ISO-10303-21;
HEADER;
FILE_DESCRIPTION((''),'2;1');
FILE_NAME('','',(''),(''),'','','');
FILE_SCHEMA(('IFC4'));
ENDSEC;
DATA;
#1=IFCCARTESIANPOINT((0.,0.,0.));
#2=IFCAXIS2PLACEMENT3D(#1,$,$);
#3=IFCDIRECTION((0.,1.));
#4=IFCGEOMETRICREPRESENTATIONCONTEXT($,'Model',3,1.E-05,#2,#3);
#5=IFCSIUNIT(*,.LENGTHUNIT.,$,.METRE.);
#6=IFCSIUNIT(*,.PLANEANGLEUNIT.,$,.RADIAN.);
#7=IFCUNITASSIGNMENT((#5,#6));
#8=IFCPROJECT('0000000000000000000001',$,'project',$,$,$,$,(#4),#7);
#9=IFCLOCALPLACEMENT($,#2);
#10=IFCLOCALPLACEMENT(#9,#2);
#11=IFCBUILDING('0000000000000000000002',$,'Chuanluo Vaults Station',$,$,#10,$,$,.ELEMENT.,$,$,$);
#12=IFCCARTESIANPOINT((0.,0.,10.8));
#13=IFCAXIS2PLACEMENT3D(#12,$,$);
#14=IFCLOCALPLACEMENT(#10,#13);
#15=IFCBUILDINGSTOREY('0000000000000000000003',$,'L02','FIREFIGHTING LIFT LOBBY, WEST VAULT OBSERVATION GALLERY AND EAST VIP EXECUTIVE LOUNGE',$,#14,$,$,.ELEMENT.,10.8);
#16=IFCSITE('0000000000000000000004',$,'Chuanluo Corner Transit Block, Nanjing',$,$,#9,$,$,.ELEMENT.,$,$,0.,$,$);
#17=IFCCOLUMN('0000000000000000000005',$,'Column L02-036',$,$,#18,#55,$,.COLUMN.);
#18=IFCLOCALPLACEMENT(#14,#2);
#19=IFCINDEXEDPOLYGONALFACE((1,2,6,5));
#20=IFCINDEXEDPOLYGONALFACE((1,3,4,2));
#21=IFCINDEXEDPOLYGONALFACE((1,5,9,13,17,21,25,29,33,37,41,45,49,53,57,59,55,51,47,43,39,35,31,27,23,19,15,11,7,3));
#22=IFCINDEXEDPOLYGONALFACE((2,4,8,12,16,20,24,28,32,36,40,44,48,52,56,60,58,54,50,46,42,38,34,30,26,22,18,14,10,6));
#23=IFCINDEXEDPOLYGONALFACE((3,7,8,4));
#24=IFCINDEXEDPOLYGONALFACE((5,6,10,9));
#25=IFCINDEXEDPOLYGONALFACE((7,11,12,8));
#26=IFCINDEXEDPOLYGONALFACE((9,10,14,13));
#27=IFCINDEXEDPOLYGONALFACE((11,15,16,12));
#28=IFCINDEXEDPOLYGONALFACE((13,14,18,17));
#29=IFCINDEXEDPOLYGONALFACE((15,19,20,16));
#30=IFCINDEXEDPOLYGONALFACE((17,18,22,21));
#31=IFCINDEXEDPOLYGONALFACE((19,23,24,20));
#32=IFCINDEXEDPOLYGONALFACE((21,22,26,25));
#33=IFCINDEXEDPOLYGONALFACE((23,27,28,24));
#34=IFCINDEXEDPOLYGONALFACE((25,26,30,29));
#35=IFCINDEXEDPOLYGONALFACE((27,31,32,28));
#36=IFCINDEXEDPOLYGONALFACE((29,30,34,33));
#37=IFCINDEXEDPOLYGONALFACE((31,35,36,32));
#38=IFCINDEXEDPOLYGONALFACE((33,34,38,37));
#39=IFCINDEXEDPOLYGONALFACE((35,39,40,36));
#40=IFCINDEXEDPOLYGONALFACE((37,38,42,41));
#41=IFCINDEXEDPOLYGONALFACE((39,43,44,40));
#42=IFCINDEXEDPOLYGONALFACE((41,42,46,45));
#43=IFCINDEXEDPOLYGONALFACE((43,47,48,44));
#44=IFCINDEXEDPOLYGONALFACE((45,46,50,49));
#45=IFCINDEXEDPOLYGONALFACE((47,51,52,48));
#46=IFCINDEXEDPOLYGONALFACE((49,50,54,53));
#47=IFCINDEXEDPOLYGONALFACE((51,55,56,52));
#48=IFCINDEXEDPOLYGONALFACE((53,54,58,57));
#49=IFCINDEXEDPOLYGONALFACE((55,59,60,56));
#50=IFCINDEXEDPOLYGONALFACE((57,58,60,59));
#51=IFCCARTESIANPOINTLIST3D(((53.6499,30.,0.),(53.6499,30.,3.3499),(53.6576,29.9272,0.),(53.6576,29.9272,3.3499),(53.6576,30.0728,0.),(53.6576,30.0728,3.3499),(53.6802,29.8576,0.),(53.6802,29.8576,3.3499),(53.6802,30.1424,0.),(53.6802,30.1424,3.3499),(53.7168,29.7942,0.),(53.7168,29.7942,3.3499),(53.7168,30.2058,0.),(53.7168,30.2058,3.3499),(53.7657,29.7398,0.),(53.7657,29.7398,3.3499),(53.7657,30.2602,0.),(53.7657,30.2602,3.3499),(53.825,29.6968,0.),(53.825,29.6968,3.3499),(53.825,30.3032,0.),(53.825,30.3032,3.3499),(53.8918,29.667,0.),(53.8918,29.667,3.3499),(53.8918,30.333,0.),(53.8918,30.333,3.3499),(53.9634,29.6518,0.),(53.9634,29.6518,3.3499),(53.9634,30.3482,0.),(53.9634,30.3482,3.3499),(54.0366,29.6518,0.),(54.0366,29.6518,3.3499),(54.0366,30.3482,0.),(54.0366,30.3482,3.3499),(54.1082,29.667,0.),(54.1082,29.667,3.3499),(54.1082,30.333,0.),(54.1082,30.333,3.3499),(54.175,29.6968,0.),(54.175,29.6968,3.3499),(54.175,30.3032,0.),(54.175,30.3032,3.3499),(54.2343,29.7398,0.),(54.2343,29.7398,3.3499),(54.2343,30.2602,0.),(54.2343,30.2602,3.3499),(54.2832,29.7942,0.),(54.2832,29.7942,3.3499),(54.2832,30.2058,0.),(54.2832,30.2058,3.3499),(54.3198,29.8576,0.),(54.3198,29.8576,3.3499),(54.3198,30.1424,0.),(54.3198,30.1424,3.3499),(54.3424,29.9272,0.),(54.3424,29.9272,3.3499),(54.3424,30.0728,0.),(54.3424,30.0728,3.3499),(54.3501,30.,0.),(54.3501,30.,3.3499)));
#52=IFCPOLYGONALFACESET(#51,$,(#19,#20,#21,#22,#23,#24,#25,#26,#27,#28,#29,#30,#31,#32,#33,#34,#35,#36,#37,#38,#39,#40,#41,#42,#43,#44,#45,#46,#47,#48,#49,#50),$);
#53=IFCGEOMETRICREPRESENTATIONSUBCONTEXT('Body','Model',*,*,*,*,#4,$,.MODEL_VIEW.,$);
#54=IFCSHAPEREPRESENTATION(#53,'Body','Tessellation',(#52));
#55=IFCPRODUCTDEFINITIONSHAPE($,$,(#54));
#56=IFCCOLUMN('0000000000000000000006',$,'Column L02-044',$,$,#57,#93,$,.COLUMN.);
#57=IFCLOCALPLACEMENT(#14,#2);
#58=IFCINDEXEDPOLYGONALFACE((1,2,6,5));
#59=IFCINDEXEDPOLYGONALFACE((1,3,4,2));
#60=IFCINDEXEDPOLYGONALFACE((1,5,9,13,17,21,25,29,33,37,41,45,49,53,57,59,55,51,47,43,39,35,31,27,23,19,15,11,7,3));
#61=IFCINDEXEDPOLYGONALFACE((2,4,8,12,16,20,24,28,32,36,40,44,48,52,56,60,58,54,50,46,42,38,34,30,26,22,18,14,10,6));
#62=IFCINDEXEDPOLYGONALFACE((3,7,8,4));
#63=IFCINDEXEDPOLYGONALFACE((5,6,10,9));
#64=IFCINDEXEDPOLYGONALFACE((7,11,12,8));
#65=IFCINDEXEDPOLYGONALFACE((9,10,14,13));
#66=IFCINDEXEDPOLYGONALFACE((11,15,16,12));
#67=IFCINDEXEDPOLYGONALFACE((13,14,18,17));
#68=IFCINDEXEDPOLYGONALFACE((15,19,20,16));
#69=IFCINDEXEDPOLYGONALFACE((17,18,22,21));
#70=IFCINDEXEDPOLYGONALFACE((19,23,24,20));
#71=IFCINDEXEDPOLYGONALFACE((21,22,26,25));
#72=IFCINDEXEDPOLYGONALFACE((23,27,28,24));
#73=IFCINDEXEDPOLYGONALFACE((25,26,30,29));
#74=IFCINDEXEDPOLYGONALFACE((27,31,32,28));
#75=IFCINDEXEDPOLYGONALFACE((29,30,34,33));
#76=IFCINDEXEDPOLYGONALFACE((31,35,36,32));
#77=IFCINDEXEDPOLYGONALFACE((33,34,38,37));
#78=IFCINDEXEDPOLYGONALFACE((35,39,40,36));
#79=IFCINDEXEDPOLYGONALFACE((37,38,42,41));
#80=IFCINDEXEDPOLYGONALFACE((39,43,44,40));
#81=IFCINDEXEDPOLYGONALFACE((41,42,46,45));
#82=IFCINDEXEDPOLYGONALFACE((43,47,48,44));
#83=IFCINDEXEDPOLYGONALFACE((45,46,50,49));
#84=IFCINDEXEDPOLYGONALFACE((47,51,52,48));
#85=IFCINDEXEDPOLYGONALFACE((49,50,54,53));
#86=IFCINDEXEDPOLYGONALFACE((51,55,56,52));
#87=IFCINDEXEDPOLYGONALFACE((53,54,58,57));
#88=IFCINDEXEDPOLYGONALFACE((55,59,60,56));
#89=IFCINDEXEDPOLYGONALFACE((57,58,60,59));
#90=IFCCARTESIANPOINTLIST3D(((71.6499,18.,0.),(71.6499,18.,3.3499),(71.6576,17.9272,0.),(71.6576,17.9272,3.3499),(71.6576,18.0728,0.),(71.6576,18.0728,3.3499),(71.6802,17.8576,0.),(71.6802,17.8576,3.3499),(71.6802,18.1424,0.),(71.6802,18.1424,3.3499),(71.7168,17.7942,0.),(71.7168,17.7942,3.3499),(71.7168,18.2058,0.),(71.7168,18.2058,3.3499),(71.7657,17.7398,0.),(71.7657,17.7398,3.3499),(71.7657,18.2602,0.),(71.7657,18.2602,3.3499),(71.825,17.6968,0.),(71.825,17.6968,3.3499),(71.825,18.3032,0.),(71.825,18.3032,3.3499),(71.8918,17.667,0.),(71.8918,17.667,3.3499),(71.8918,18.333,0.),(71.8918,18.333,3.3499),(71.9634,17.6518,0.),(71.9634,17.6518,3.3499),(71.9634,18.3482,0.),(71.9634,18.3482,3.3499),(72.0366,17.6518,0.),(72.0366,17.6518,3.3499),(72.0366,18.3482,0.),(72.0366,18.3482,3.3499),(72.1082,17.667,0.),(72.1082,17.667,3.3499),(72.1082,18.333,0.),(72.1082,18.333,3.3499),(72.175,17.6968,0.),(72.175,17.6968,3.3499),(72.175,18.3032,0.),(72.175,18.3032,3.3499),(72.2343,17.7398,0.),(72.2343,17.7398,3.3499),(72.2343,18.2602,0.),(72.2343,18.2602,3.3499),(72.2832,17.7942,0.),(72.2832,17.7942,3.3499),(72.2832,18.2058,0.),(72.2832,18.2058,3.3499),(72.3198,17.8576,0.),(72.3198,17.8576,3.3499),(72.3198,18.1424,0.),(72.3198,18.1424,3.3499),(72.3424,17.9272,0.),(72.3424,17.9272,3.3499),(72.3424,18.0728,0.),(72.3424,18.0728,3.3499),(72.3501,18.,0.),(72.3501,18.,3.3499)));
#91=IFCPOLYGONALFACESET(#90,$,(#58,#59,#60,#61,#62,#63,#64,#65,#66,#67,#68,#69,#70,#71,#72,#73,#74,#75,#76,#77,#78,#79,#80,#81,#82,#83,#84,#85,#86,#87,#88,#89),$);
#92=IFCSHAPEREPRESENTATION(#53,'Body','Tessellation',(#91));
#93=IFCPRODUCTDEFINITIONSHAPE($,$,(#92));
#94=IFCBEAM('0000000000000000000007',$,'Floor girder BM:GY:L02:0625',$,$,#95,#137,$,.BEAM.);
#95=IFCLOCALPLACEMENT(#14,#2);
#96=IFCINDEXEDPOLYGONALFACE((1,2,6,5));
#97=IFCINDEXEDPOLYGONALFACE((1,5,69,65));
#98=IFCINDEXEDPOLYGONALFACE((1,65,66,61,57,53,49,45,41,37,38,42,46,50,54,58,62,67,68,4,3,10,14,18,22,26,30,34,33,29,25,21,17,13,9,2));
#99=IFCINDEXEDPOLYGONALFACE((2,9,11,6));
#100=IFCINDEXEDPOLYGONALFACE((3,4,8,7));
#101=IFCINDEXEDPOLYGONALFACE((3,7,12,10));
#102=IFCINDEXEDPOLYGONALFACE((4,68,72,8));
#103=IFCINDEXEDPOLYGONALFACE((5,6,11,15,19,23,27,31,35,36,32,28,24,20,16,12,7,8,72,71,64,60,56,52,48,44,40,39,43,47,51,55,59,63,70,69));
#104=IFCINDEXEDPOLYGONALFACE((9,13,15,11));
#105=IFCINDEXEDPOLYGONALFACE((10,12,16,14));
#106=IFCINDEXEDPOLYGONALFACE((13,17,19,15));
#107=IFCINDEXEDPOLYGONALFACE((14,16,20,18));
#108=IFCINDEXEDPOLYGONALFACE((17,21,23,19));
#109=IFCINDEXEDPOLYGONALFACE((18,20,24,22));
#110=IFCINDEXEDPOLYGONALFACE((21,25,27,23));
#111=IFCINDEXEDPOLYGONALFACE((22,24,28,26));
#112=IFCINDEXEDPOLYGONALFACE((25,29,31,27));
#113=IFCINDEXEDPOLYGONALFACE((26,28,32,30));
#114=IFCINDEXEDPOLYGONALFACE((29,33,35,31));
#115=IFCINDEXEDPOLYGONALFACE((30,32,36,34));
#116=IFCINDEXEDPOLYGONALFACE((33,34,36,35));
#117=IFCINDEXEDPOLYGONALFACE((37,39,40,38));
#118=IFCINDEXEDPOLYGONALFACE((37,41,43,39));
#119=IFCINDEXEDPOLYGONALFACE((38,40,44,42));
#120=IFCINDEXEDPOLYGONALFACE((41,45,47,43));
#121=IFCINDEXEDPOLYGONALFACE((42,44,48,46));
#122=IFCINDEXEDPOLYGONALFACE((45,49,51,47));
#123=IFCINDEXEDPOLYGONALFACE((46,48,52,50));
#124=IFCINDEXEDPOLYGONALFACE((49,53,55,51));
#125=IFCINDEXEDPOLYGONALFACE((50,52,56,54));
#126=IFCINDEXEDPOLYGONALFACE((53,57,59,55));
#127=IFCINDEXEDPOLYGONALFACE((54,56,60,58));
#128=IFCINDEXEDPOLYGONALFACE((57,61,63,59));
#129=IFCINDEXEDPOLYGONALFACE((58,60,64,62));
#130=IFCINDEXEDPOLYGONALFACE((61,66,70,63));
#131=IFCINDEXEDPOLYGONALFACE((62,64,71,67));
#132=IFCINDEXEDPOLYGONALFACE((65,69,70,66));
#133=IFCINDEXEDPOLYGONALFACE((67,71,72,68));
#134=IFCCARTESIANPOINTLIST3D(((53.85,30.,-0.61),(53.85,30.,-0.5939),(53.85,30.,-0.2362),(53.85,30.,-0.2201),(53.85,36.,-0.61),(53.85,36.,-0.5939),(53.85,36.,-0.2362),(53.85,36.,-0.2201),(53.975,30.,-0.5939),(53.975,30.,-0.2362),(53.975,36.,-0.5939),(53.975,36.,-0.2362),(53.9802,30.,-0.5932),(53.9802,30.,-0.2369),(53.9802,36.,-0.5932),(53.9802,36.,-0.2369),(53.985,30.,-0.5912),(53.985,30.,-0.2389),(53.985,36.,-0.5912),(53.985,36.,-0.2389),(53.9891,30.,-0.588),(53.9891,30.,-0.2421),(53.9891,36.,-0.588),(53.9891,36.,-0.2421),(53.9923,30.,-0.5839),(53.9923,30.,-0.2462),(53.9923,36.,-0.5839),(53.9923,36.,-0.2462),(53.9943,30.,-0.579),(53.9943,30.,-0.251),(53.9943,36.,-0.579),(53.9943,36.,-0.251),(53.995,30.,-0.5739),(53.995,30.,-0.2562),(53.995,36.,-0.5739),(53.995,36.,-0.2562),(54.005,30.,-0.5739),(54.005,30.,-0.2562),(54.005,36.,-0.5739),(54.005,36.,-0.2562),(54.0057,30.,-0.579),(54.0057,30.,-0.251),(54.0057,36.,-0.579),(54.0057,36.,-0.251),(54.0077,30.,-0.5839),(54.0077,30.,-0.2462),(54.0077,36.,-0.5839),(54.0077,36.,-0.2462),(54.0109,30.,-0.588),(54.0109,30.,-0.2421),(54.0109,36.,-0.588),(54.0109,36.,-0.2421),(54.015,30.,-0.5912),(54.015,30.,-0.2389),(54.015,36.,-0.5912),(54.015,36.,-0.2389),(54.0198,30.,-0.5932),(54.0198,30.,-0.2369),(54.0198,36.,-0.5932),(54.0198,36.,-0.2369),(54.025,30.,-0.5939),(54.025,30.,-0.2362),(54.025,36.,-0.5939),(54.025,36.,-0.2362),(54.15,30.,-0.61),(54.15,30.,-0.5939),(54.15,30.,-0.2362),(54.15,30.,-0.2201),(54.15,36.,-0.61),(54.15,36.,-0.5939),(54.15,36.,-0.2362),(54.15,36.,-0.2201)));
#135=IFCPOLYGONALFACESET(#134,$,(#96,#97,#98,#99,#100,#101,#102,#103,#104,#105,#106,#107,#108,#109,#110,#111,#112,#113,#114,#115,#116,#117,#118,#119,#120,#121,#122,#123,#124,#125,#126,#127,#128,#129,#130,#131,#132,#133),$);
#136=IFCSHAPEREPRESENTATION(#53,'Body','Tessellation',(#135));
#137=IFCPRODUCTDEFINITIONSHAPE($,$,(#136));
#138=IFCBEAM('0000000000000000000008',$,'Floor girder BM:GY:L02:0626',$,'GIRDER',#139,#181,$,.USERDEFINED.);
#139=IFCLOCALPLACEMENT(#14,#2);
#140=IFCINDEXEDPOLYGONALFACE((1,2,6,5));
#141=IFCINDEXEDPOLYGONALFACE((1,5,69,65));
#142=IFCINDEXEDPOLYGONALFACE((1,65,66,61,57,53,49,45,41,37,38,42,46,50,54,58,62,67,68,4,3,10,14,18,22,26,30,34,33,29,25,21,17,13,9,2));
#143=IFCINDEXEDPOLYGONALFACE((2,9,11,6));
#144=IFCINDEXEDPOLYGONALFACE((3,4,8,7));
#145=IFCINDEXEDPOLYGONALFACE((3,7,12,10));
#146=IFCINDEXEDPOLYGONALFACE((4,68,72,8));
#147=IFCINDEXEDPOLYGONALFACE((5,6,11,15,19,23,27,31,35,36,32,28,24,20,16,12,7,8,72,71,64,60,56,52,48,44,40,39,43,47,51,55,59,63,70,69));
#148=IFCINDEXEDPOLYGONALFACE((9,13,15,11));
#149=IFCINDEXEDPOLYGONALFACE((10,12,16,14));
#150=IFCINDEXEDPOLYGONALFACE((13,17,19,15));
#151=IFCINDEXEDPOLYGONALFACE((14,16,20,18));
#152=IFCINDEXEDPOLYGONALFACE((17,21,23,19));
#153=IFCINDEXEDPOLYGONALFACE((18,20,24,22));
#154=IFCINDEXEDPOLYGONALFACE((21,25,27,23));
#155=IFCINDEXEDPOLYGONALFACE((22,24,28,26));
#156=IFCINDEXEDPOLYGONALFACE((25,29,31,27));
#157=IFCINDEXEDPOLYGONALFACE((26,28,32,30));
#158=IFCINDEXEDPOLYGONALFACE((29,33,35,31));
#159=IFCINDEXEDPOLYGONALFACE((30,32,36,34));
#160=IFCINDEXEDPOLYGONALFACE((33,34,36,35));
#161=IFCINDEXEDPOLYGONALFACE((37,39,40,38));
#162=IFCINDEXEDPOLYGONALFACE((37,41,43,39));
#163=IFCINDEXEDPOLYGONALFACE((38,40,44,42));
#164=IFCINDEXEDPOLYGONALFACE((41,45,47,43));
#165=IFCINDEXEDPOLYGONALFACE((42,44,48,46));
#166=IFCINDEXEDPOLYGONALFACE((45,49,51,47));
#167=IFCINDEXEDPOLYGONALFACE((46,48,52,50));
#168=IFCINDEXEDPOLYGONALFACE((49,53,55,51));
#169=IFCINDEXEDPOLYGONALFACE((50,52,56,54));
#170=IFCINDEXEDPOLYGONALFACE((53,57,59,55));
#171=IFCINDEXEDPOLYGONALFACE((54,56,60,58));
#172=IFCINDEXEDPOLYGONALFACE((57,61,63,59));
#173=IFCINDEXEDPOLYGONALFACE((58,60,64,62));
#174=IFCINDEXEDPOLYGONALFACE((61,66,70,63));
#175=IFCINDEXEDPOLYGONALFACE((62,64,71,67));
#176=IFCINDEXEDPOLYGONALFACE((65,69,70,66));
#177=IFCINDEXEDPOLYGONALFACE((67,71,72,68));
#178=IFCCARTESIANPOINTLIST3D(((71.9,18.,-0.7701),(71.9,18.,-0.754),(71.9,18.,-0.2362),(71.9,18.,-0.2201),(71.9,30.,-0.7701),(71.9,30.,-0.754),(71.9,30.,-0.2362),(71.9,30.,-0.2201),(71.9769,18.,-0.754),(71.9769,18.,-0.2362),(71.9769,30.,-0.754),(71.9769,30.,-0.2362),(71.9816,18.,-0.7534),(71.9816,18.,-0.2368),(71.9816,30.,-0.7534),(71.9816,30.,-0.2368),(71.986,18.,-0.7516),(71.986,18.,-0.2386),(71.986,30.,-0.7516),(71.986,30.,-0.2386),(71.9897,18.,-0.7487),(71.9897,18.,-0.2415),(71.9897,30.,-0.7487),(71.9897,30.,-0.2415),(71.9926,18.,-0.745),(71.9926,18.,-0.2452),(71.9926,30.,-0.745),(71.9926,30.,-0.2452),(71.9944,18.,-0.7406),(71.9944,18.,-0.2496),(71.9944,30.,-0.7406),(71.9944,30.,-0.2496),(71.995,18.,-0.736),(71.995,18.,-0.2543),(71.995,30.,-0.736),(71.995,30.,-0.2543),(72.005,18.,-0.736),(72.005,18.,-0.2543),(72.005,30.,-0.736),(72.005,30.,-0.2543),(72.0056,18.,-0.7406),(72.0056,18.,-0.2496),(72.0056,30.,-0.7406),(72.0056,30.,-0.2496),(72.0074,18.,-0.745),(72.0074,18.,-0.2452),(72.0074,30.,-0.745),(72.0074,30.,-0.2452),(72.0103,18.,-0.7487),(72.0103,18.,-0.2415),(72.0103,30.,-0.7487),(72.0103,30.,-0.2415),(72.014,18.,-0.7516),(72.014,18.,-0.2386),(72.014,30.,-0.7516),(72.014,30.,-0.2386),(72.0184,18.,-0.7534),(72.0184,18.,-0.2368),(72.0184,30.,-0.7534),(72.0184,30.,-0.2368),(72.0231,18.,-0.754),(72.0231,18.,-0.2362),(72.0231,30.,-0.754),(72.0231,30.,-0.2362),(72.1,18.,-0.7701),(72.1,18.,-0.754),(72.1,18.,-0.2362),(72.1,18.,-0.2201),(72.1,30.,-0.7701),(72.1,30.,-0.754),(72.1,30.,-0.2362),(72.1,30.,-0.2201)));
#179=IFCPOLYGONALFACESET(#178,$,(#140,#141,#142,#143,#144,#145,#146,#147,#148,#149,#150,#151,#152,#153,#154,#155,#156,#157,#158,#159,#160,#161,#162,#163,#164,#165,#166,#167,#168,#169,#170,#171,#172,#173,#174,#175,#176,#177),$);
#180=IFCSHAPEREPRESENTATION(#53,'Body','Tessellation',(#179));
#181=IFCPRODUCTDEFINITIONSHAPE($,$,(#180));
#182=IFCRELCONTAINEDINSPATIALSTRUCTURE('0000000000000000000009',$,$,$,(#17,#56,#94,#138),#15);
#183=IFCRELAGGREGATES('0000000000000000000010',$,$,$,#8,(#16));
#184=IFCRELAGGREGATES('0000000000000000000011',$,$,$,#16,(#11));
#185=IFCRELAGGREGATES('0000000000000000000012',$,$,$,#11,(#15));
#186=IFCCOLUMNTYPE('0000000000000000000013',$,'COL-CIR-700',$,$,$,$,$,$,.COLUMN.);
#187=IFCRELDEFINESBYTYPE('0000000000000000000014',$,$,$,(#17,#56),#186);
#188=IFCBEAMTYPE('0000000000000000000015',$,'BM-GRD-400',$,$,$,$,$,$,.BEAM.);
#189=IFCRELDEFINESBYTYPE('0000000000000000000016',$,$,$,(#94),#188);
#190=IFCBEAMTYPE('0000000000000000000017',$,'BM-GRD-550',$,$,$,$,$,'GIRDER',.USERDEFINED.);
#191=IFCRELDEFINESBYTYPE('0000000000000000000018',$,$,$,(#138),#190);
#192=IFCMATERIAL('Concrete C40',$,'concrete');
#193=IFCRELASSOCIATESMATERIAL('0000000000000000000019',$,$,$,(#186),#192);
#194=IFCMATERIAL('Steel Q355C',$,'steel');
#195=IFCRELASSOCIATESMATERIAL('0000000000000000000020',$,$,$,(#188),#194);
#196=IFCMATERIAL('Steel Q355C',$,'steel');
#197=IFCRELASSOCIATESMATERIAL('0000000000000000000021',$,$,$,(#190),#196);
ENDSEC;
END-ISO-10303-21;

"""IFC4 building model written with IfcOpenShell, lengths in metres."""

from ifc_helpers import new_model, si_unit, direction, frame, origin, origin_2d, place, context, subcontext, project, spatial, circle, i_section, extrude, material, material_profile, profile_set, type_object, element, save


model = new_model("IFC4")

# Units and contexts
model_context = context("Model", 3, precision=1e-05, world=origin(), true_north=direction((0.0, 1.0)))
body_context = subcontext(model_context, "Body", "Model", "MODEL_VIEW")
ifc_project = project(units=[si_unit("LENGTHUNIT", "METRE"), si_unit("PLANEANGLEUNIT", "RADIAN")], contexts=[model_context])

# Site, building, storey
site_placement = place(None, origin())
site = spatial("IfcSite", under=ifc_project, at=site_placement, Name="Chuanluo Corner Transit Block, Nanjing", CompositionType="ELEMENT", RefElevation=0.0)
building_placement = place(site_placement, origin())
building = spatial("IfcBuilding", under=site, at=building_placement, Name="Chuanluo Vaults Station", CompositionType="ELEMENT")
storey_placement = place(building_placement, frame((0.0, 0.0, 10.8)))
storey = spatial("IfcBuildingStorey", under=building, at=storey_placement, Name="L02", Description="FIREFIGHTING LIFT LOBBY, WEST VAULT OBSERVATION GALLERY AND EAST VIP EXECUTIVE LOUNGE", CompositionType="ELEMENT", Elevation=10.8)

# Columns
ifc_material_1 = material(Name="Concrete C40", Category="concrete")
ifc_material_profile_1 = material_profile(ifc_material_1, circle(Radius=0.3501, at=origin_2d()))
ifc_profile_set_1 = profile_set([ifc_material_profile_1], Name="Concrete C40")
column_type = type_object("IfcColumnType", Name="COL-CIR-700", PredefinedType="COLUMN", material=ifc_profile_set_1)
for number, where, z_axis, x_axis, name in (
    (1, (54.0, 30.0, 0.0), (0.0, 0.0, 1.0), (1.0, 0.0, 0.0), "Column L02-036"),
    (2, (72.0, 18.0, 0.0), (0.0, 0.0, 1.0), (1.0, 0.0, 0.0), "Column L02-044"),
):
    element("IfcColumn", number, at=place(storey_placement, frame(where, z_axis=z_axis, x_axis=x_axis)), inside=storey, type_object=column_type, Name=name, PredefinedType="COLUMN", context=body_context, shape_type="SweptSolid", body=[
        extrude(circle(Radius=0.3501, at=origin_2d()), origin(), (0.0, 0.0, 1.0), 3.3499),
    ])

# Beams
ifc_material_2 = material(Name="Steel Q355C", Category="steel")
ifc_material_profile_2 = material_profile(ifc_material_2, i_section(OverallWidth=0.3, OverallDepth=0.3899, WebThickness=0.01, FlangeThickness=0.0161, FilletRadius=0.02, at=origin_2d()))
ifc_profile_set_2 = profile_set([ifc_material_profile_2], Name="Steel Q355C")
beam_type_1 = type_object("IfcBeamType", Name="BM-GRD-400", PredefinedType="BEAM", material=ifc_profile_set_2)
beam_1_placement = place(storey_placement, frame((54.0, 30.0, -0.415), z_axis=(0.0, 1.0, 0.0), x_axis=(-1.0, 0.0, 0.0)))
element("IfcBeam", 3, at=beam_1_placement, inside=storey, type_object=beam_type_1, Name="Floor girder BM:GY:L02:0625", PredefinedType="BEAM", context=body_context, shape_type="SweptSolid", body=[
    extrude(i_section(OverallWidth=0.3, OverallDepth=0.3899, WebThickness=0.01, FlangeThickness=0.0161, FilletRadius=0.02, at=origin_2d()), origin(), (0.0, 0.0, 1.0), 6.0),
])
ifc_material_3 = material(Name="Steel Q355C", Category="steel")
ifc_material_profile_3 = material_profile(ifc_material_3, i_section(OverallWidth=0.2, OverallDepth=0.55, WebThickness=0.01, FlangeThickness=0.0161, FilletRadius=0.0181, at=origin_2d()))
ifc_profile_set_3 = profile_set([ifc_material_profile_3], Name="Steel Q355C")
beam_type_2 = type_object("IfcBeamType", Name="BM-GRD-550", ElementType="GIRDER", PredefinedType="USERDEFINED", material=ifc_profile_set_3)
beam_2_placement = place(storey_placement, frame((72.0, 18.0, -0.4951), z_axis=(0.0, 1.0, 0.0), x_axis=(-1.0, 0.0, 0.0)))
element("IfcBeam", 4, at=beam_2_placement, inside=storey, type_object=beam_type_2, Name="Floor girder BM:GY:L02:0626", ObjectType="GIRDER", PredefinedType="USERDEFINED", context=body_context, shape_type="SweptSolid", body=[
    extrude(i_section(OverallWidth=0.2, OverallDepth=0.55, WebThickness=0.01, FlangeThickness=0.0161, FilletRadius=0.0181, at=origin_2d()), origin(), (0.0, 0.0, 1.0), 12.0),
])

save(model, "model.ifc")
